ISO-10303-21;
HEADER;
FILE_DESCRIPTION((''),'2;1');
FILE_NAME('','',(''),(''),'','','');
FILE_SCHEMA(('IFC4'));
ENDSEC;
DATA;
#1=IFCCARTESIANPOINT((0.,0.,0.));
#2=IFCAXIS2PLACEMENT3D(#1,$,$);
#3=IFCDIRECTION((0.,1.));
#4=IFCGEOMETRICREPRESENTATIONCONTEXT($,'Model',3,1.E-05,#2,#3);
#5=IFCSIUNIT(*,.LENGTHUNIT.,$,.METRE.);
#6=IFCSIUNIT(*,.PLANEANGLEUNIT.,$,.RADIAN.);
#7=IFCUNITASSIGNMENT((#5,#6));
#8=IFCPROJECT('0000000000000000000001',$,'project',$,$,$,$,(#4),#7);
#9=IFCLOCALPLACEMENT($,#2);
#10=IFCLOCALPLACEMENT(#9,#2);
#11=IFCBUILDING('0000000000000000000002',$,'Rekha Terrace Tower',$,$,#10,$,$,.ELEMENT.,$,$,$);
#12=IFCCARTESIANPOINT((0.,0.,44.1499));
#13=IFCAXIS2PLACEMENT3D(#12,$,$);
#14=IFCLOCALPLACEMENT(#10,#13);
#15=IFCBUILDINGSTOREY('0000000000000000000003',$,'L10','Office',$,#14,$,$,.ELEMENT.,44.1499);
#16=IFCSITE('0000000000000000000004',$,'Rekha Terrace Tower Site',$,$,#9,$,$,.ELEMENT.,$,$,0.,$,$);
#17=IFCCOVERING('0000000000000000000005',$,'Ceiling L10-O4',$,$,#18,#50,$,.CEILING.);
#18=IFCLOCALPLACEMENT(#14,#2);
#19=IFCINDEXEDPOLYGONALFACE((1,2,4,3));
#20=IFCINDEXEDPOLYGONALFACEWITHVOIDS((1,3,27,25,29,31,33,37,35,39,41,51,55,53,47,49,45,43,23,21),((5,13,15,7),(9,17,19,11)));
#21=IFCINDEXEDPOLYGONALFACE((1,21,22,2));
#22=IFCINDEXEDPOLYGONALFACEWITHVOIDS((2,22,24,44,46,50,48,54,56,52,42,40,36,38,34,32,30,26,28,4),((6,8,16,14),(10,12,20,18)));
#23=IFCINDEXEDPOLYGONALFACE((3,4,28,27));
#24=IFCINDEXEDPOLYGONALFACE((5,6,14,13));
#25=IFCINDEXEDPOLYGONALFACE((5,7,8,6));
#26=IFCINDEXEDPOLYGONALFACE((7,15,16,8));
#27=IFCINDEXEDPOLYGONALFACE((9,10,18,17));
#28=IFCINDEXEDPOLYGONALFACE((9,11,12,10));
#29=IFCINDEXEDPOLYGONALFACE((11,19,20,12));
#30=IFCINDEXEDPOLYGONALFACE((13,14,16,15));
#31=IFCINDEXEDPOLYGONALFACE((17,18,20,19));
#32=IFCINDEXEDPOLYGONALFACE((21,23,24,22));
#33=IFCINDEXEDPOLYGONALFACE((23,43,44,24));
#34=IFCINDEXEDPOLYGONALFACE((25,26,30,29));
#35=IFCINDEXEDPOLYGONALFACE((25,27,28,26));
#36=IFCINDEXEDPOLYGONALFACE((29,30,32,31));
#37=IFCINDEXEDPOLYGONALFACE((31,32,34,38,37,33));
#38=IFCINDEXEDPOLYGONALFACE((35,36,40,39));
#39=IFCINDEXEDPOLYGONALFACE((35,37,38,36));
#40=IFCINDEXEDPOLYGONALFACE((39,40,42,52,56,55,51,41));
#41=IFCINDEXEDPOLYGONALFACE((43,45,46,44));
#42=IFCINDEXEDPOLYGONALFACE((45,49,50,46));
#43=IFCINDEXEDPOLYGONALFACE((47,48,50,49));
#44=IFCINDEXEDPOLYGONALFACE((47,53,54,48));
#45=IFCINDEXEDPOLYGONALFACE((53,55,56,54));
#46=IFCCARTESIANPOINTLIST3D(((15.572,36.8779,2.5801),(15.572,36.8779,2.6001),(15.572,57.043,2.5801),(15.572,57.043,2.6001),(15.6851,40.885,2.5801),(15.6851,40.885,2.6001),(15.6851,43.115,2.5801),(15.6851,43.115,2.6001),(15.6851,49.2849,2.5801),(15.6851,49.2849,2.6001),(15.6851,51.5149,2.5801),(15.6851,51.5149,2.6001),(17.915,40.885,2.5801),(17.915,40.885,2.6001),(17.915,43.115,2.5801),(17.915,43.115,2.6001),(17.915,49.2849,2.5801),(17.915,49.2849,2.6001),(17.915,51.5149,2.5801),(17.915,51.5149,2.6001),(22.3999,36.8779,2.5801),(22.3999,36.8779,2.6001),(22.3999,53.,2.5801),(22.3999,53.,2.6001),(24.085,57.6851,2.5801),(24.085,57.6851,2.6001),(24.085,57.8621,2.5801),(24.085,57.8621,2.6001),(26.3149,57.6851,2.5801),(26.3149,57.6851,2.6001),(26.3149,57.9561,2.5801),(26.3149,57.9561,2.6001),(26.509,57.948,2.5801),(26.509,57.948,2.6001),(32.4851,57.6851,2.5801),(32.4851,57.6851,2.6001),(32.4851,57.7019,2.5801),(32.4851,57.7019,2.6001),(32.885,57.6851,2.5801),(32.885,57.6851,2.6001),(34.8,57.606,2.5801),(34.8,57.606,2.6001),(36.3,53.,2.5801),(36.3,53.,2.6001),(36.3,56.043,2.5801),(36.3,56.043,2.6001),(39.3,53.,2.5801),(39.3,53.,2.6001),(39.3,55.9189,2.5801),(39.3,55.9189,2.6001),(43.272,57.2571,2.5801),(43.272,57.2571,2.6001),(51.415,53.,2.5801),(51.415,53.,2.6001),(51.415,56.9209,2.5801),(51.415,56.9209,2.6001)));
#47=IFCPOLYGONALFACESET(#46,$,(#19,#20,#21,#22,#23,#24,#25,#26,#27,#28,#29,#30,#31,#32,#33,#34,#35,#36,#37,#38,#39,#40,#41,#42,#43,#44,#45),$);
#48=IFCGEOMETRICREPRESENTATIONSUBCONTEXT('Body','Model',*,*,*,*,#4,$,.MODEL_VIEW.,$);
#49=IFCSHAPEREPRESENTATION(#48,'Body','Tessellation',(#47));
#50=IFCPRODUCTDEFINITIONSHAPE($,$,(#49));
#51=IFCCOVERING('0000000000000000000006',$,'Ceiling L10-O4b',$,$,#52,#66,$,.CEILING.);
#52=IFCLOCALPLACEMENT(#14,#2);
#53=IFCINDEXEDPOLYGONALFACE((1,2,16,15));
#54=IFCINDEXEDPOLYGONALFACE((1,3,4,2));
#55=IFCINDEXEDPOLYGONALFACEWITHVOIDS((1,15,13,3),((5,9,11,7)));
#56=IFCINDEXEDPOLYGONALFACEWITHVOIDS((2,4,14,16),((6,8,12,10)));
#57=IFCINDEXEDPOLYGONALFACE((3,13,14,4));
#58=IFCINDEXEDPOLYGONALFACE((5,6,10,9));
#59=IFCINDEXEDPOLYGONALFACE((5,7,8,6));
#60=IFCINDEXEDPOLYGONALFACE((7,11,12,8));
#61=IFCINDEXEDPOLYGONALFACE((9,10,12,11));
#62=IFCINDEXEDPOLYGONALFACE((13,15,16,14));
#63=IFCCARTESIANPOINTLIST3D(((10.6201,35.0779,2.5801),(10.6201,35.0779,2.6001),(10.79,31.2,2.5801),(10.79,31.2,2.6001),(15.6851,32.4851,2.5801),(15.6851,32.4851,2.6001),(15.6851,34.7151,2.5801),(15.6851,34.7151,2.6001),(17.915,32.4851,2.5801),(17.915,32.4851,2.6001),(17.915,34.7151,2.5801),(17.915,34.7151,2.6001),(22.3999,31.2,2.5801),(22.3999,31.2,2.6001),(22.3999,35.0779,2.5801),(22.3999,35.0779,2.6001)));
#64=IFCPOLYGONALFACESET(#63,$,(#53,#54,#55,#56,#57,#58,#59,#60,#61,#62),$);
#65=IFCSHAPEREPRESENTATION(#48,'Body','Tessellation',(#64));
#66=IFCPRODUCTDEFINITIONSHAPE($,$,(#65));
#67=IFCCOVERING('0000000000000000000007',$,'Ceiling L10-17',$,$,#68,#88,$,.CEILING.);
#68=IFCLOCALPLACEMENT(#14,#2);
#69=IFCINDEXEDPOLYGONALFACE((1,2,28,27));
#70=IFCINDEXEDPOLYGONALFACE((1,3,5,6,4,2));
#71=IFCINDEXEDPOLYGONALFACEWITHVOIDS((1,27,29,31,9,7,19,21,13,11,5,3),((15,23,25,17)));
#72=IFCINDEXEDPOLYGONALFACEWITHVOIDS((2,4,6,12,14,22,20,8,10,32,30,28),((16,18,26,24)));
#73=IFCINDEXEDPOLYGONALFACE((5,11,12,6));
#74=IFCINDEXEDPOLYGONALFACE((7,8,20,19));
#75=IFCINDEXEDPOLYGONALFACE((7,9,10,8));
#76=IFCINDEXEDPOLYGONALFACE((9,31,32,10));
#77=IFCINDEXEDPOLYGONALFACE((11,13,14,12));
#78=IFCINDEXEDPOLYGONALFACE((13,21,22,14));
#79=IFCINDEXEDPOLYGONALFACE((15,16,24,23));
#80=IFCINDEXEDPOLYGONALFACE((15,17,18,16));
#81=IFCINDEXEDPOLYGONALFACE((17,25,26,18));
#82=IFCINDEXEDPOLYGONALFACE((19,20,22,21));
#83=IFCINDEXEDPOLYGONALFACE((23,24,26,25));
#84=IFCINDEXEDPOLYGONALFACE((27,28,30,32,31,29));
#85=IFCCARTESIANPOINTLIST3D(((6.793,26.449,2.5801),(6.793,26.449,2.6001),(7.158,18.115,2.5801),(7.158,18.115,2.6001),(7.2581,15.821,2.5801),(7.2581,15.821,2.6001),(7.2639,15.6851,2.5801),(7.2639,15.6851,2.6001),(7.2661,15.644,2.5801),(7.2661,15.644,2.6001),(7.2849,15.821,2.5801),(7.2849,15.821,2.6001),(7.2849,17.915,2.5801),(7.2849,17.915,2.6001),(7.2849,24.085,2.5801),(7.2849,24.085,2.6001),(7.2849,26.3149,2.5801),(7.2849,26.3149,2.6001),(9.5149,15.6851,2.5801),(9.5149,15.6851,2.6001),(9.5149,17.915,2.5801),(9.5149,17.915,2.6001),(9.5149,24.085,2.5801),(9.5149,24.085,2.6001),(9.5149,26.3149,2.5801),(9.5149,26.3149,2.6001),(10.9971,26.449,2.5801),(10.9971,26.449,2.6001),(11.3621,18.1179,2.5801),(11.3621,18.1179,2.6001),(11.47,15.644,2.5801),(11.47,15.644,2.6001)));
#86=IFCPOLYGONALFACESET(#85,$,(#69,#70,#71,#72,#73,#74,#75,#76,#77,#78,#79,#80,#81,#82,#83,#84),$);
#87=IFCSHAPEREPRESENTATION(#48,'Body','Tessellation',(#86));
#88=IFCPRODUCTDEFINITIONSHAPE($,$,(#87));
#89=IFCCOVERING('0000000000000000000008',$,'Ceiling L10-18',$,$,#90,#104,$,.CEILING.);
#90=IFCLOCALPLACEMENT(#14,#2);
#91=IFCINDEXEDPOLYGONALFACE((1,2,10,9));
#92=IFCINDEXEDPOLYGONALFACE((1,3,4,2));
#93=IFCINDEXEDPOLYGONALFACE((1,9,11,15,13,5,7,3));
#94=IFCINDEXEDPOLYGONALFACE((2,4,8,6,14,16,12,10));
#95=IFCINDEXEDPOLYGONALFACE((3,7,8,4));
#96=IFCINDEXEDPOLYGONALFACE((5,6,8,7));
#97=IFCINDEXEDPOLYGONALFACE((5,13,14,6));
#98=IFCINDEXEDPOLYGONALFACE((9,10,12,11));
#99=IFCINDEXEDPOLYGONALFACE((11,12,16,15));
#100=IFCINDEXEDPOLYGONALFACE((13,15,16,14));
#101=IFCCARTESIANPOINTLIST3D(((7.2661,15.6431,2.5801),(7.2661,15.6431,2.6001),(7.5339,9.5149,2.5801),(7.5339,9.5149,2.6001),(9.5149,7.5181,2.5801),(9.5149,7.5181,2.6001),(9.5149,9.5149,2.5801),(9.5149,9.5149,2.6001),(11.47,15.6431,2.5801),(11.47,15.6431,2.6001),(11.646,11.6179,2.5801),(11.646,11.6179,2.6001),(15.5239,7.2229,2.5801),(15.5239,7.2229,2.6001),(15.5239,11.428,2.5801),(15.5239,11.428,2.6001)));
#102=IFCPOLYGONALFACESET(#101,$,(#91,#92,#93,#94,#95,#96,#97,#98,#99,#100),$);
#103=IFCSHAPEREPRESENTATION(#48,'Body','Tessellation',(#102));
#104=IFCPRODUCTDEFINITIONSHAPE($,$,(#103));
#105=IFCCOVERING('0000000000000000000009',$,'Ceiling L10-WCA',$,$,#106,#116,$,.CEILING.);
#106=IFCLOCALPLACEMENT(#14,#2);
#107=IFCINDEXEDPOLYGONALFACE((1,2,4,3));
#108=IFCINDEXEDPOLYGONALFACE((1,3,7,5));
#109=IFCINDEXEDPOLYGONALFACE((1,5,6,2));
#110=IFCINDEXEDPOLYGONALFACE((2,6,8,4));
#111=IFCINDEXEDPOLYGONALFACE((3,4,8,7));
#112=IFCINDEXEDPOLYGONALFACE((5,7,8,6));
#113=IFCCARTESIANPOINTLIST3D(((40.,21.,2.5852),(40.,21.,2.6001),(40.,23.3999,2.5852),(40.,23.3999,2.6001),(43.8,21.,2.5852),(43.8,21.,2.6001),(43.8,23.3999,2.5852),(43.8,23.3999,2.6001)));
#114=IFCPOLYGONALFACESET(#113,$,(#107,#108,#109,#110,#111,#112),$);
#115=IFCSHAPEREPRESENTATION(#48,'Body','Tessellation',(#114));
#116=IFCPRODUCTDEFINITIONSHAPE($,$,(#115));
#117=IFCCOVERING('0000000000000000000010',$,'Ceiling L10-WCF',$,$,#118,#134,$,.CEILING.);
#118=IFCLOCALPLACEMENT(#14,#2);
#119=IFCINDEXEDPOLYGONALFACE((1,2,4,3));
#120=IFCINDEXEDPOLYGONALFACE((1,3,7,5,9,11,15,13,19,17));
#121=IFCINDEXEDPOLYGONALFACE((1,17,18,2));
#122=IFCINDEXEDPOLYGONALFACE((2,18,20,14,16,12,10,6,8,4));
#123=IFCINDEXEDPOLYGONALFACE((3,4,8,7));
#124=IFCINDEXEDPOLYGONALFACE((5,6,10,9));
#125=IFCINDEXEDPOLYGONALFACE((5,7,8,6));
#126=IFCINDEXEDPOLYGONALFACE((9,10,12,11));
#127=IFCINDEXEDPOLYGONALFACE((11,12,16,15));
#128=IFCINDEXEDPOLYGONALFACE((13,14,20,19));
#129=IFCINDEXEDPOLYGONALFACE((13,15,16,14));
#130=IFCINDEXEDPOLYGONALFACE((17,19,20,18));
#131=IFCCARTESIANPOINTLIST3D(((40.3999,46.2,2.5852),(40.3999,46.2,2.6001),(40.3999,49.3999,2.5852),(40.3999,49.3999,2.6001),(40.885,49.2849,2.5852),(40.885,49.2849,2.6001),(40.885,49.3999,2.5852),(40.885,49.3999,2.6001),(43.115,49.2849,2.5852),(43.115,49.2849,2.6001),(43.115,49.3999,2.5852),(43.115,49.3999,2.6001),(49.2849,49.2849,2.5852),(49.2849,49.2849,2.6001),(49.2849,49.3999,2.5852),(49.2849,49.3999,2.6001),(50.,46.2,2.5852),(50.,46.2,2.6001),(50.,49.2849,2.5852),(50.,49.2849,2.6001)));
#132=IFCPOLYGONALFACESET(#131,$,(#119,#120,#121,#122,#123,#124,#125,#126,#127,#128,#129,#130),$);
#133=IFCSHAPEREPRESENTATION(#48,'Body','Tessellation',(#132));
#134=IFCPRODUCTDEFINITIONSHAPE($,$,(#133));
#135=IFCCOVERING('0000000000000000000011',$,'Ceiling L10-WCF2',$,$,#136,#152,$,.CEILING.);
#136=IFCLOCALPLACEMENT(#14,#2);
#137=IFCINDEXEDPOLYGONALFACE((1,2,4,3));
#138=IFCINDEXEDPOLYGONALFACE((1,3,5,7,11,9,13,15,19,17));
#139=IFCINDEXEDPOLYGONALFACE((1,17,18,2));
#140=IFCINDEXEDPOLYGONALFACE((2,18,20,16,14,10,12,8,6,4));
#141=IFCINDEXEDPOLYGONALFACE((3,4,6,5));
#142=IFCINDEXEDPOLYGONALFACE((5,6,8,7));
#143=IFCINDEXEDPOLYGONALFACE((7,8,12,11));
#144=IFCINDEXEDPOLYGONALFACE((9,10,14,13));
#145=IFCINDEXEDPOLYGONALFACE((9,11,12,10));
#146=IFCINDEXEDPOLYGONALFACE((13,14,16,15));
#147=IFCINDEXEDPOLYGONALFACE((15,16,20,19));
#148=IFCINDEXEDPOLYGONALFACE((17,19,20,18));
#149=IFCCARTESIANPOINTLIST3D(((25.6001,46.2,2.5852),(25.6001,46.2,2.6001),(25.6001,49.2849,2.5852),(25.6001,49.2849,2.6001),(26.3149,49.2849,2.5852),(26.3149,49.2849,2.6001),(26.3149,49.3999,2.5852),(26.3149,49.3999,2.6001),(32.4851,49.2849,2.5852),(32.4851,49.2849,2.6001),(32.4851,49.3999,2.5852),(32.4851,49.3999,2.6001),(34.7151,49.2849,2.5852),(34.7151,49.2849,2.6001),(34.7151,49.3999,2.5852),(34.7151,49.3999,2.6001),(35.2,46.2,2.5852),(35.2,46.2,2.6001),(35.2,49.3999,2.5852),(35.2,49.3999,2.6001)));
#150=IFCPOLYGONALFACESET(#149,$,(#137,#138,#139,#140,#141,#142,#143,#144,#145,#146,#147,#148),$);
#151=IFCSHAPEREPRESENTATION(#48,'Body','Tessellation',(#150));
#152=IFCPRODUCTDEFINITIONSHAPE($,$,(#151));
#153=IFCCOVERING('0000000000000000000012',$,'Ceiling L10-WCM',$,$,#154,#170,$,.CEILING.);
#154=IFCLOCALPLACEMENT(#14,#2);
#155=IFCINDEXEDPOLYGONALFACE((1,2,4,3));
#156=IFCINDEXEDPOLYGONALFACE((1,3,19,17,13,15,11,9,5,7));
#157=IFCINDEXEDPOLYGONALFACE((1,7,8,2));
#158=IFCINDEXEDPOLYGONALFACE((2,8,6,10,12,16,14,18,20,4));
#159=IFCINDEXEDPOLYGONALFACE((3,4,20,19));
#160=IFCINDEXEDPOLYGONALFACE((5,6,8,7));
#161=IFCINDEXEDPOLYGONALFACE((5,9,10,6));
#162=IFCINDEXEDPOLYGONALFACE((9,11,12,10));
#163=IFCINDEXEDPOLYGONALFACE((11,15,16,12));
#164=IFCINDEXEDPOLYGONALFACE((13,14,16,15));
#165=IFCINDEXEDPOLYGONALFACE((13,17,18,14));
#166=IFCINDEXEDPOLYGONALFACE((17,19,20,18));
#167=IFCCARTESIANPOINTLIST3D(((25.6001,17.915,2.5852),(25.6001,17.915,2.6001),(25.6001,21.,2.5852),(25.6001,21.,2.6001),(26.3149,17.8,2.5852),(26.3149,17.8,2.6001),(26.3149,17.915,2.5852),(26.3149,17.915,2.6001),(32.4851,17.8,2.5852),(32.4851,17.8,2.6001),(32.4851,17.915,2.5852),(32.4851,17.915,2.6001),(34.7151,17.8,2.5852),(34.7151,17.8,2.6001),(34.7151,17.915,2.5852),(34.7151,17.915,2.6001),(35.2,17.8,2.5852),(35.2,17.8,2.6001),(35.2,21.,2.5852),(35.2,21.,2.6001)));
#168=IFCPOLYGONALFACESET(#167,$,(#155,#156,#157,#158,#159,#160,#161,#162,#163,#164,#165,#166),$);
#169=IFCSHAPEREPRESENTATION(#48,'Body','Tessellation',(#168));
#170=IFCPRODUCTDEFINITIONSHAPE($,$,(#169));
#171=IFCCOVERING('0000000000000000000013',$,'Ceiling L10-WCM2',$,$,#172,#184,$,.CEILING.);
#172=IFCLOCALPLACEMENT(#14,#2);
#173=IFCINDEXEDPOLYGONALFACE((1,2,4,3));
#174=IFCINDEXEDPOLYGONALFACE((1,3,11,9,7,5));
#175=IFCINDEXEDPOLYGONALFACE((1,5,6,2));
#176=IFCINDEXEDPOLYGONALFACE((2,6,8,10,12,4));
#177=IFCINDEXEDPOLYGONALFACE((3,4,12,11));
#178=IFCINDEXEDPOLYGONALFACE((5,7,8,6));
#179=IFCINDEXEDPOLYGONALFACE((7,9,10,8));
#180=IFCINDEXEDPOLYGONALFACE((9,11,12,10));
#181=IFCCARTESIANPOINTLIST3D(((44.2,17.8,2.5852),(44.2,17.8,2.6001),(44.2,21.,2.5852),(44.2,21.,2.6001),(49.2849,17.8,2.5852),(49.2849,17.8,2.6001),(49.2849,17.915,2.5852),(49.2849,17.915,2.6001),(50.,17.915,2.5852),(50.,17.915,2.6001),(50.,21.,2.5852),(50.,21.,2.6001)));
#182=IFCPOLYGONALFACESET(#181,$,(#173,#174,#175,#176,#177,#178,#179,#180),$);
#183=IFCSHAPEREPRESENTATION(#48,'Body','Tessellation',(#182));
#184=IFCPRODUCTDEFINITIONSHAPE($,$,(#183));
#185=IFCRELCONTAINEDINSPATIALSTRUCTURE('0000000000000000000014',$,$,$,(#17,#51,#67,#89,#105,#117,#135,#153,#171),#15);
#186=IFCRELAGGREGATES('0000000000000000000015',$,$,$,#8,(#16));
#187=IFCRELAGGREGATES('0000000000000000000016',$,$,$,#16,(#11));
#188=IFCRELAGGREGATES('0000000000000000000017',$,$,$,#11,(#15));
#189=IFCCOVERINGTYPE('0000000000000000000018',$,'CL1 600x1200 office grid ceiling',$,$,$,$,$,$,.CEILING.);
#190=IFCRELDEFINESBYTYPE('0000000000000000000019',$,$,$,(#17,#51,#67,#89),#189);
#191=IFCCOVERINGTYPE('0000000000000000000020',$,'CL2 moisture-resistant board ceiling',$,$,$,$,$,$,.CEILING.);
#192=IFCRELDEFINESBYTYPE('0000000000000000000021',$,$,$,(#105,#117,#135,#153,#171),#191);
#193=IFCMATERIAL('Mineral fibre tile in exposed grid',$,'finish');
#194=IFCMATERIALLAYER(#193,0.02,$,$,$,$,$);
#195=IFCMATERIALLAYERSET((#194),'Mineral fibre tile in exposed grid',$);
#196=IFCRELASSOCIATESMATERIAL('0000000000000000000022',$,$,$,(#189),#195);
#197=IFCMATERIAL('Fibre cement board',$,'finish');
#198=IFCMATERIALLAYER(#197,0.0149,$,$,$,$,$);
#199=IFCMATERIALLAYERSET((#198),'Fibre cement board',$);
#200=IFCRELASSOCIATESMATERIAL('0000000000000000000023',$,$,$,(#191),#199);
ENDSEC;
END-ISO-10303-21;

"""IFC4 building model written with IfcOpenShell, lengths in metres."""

from ifc_helpers import new_model, si_unit, direction, frame, origin, place, context, subcontext, project, spatial, polyline, outline, extrude, material, layer, layer_set, type_object, element, save


model = new_model("IFC4")

# Units and contexts
model_context = context("Model", 3, precision=1e-05, world=origin(), true_north=direction((0.0, 1.0)))
body_context = subcontext(model_context, "Body", "Model", "MODEL_VIEW")
ifc_project = project(units=[si_unit("LENGTHUNIT", "METRE"), si_unit("PLANEANGLEUNIT", "RADIAN")], contexts=[model_context])

# Site, building, storey
site_placement = place(None, origin())
site = spatial("IfcSite", under=ifc_project, at=site_placement, Name="Rekha Terrace Tower Site", CompositionType="ELEMENT", RefElevation=0.0)
building_placement = place(site_placement, origin())
building = spatial("IfcBuilding", under=site, at=building_placement, Name="Rekha Terrace Tower", CompositionType="ELEMENT")
storey_placement = place(building_placement, frame((0.0, 0.0, 44.1499)))
storey = spatial("IfcBuildingStorey", under=building, at=storey_placement, Name="L10", Description="Office", CompositionType="ELEMENT", Elevation=44.1499)

# Coverings
ifc_material_1 = material(Name="Mineral fibre tile in exposed grid", Category="finish")
ifc_layer_1 = layer(ifc_material_1, 0.02)
ifc_layer_set_1 = layer_set([ifc_layer_1], Name="Mineral fibre tile in exposed grid")
covering_type_1 = type_object("IfcCoveringType", Name="CL1 600x1200 office grid ceiling", PredefinedType="CEILING", material=ifc_layer_set_1)
covering_1_placement = place(storey_placement, frame((0.0, 0.0, 2.5801)))
element("IfcCovering", 1, at=covering_1_placement, inside=storey, type_object=covering_type_1, Name="Ceiling L10-O4", PredefinedType="CEILING", context=body_context, shape_type="SweptSolid", body=[
    extrude(outline(polyline([(24.085, 57.8621), (15.572, 57.043), (15.572, 36.8779), (22.3999, 36.8779), (22.3999, 53.0), (36.3, 53.0), (36.3, 56.043), (39.3, 55.9189), (39.3, 53.0), (51.415, 53.0), (51.415, 56.9209), (43.272, 57.2571), (34.8, 57.606), (32.885, 57.6851), (32.4851, 57.6851), (32.4851, 57.7019), (26.509, 57.948), (26.3149, 57.9561), (26.3149, 57.6851), (24.085, 57.6851), (24.085, 57.8621)]), holes=[polyline([(17.915, 40.885), (15.6851, 40.885), (15.6851, 43.115), (17.915, 43.115), (17.915, 40.885)]), polyline([(17.915, 49.2849), (15.6851, 49.2849), (15.6851, 51.5149), (17.915, 51.5149), (17.915, 49.2849)])]), origin(), (0.0, 0.0, 1.0), 0.02),
])
covering_2_placement = place(storey_placement, frame((0.0, 0.0, 2.5801)))
element("IfcCovering", 2, at=covering_2_placement, inside=storey, type_object=covering_type_1, Name="Ceiling L10-O4b", PredefinedType="CEILING", context=body_context, shape_type="SweptSolid", body=[
    extrude(outline(polyline([(22.3999, 35.0779), (10.6201, 35.0779), (10.79, 31.2), (22.3999, 31.2), (22.3999, 35.0779)]), holes=[polyline([(17.915, 32.4851), (15.6851, 32.4851), (15.6851, 34.7151), (17.915, 34.7151), (17.915, 32.4851)])]), origin(), (0.0, 0.0, 1.0), 0.02),
])
covering_3_placement = place(storey_placement, frame((0.0, 0.0, 2.5801)))
element("IfcCovering", 3, at=covering_3_placement, inside=storey, type_object=covering_type_1, Name="Ceiling L10-17", PredefinedType="CEILING", context=body_context, shape_type="SweptSolid", body=[
    extrude(outline(polyline([(7.2581, 15.821), (7.2849, 15.821), (7.2849, 17.915), (9.5149, 17.915), (9.5149, 15.6851), (7.2639, 15.6851), (7.2661, 15.644), (11.47, 15.644), (11.3621, 18.1179), (10.9971, 26.449), (6.793, 26.449), (7.158, 18.115), (7.2581, 15.821)]), holes=[polyline([(9.5149, 24.085), (7.2849, 24.085), (7.2849, 26.3149), (9.5149, 26.3149), (9.5149, 24.085)])]), origin(), (0.0, 0.0, 1.0), 0.02),
])
covering_4_placement = place(storey_placement, frame((0.0, 0.0, 2.5801)))
element("IfcCovering", 4, at=covering_4_placement, inside=storey, type_object=covering_type_1, Name="Ceiling L10-18", PredefinedType="CEILING", context=body_context, shape_type="SweptSolid", body=[
    extrude(outline(polyline([(11.646, 11.6179), (11.47, 15.6431), (7.2661, 15.6431), (7.5339, 9.5149), (9.5149, 9.5149), (9.5149, 7.5181), (15.5239, 7.2229), (15.5239, 11.428), (11.646, 11.6179)])), origin(), (0.0, 0.0, 1.0), 0.02),
])
ifc_material_2 = material(Name="Fibre cement board", Category="finish")
ifc_layer_2 = layer(ifc_material_2, 0.0149)
ifc_layer_set_2 = layer_set([ifc_layer_2], Name="Fibre cement board")
covering_type_2 = type_object("IfcCoveringType", Name="CL2 moisture-resistant board ceiling", PredefinedType="CEILING", material=ifc_layer_set_2)
covering_5_placement = place(storey_placement, frame((0.0, 0.0, 2.5852)))
element("IfcCovering", 5, at=covering_5_placement, inside=storey, type_object=covering_type_2, Name="Ceiling L10-WCA", PredefinedType="CEILING", context=body_context, shape_type="SweptSolid", body=[
    extrude(outline(polyline([(43.8, 23.3999), (40.0, 23.3999), (40.0, 21.0), (43.8, 21.0), (43.8, 23.3999)])), origin(), (0.0, 0.0, 1.0), 0.0149),
])
covering_6_placement = place(storey_placement, frame((0.0, 0.0, 2.5852)))
element("IfcCovering", 6, at=covering_6_placement, inside=storey, type_object=covering_type_2, Name="Ceiling L10-WCF", PredefinedType="CEILING", context=body_context, shape_type="SweptSolid", body=[
    extrude(outline(polyline([(40.885, 49.3999), (40.3999, 49.3999), (40.3999, 46.2), (50.0, 46.2), (50.0, 49.2849), (49.2849, 49.2849), (49.2849, 49.3999), (43.115, 49.3999), (43.115, 49.2849), (40.885, 49.2849), (40.885, 49.3999)])), origin(), (0.0, 0.0, 1.0), 0.0149),
])
covering_7_placement = place(storey_placement, frame((0.0, 0.0, 2.5852)))
element("IfcCovering", 7, at=covering_7_placement, inside=storey, type_object=covering_type_2, Name="Ceiling L10-WCF2", PredefinedType="CEILING", context=body_context, shape_type="SweptSolid", body=[
    extrude(outline(polyline([(26.3149, 49.2849), (25.6001, 49.2849), (25.6001, 46.2), (35.2, 46.2), (35.2, 49.3999), (34.7151, 49.3999), (34.7151, 49.2849), (32.4851, 49.2849), (32.4851, 49.3999), (26.3149, 49.3999), (26.3149, 49.2849)])), origin(), (0.0, 0.0, 1.0), 0.0149),
])
covering_8_placement = place(storey_placement, frame((0.0, 0.0, 2.5852)))
element("IfcCovering", 8, at=covering_8_placement, inside=storey, type_object=covering_type_2, Name="Ceiling L10-WCM", PredefinedType="CEILING", context=body_context, shape_type="SweptSolid", body=[
    extrude(outline(polyline([(35.2, 21.0), (25.6001, 21.0), (25.6001, 17.915), (26.3149, 17.915), (26.3149, 17.8), (32.4851, 17.8), (32.4851, 17.915), (34.7151, 17.915), (34.7151, 17.8), (35.2, 17.8), (35.2, 21.0)])), origin(), (0.0, 0.0, 1.0), 0.0149),
])
covering_9_placement = place(storey_placement, frame((0.0, 0.0, 2.5852)))
element("IfcCovering", 9, at=covering_9_placement, inside=storey, type_object=covering_type_2, Name="Ceiling L10-WCM2", PredefinedType="CEILING", context=body_context, shape_type="SweptSolid", body=[
    extrude(outline(polyline([(50.0, 21.0), (44.2, 21.0), (44.2, 17.8), (49.2849, 17.8), (49.2849, 17.915), (50.0, 17.915), (50.0, 21.0)])), origin(), (0.0, 0.0, 1.0), 0.0149),
])

save(model, "model.ifc")
